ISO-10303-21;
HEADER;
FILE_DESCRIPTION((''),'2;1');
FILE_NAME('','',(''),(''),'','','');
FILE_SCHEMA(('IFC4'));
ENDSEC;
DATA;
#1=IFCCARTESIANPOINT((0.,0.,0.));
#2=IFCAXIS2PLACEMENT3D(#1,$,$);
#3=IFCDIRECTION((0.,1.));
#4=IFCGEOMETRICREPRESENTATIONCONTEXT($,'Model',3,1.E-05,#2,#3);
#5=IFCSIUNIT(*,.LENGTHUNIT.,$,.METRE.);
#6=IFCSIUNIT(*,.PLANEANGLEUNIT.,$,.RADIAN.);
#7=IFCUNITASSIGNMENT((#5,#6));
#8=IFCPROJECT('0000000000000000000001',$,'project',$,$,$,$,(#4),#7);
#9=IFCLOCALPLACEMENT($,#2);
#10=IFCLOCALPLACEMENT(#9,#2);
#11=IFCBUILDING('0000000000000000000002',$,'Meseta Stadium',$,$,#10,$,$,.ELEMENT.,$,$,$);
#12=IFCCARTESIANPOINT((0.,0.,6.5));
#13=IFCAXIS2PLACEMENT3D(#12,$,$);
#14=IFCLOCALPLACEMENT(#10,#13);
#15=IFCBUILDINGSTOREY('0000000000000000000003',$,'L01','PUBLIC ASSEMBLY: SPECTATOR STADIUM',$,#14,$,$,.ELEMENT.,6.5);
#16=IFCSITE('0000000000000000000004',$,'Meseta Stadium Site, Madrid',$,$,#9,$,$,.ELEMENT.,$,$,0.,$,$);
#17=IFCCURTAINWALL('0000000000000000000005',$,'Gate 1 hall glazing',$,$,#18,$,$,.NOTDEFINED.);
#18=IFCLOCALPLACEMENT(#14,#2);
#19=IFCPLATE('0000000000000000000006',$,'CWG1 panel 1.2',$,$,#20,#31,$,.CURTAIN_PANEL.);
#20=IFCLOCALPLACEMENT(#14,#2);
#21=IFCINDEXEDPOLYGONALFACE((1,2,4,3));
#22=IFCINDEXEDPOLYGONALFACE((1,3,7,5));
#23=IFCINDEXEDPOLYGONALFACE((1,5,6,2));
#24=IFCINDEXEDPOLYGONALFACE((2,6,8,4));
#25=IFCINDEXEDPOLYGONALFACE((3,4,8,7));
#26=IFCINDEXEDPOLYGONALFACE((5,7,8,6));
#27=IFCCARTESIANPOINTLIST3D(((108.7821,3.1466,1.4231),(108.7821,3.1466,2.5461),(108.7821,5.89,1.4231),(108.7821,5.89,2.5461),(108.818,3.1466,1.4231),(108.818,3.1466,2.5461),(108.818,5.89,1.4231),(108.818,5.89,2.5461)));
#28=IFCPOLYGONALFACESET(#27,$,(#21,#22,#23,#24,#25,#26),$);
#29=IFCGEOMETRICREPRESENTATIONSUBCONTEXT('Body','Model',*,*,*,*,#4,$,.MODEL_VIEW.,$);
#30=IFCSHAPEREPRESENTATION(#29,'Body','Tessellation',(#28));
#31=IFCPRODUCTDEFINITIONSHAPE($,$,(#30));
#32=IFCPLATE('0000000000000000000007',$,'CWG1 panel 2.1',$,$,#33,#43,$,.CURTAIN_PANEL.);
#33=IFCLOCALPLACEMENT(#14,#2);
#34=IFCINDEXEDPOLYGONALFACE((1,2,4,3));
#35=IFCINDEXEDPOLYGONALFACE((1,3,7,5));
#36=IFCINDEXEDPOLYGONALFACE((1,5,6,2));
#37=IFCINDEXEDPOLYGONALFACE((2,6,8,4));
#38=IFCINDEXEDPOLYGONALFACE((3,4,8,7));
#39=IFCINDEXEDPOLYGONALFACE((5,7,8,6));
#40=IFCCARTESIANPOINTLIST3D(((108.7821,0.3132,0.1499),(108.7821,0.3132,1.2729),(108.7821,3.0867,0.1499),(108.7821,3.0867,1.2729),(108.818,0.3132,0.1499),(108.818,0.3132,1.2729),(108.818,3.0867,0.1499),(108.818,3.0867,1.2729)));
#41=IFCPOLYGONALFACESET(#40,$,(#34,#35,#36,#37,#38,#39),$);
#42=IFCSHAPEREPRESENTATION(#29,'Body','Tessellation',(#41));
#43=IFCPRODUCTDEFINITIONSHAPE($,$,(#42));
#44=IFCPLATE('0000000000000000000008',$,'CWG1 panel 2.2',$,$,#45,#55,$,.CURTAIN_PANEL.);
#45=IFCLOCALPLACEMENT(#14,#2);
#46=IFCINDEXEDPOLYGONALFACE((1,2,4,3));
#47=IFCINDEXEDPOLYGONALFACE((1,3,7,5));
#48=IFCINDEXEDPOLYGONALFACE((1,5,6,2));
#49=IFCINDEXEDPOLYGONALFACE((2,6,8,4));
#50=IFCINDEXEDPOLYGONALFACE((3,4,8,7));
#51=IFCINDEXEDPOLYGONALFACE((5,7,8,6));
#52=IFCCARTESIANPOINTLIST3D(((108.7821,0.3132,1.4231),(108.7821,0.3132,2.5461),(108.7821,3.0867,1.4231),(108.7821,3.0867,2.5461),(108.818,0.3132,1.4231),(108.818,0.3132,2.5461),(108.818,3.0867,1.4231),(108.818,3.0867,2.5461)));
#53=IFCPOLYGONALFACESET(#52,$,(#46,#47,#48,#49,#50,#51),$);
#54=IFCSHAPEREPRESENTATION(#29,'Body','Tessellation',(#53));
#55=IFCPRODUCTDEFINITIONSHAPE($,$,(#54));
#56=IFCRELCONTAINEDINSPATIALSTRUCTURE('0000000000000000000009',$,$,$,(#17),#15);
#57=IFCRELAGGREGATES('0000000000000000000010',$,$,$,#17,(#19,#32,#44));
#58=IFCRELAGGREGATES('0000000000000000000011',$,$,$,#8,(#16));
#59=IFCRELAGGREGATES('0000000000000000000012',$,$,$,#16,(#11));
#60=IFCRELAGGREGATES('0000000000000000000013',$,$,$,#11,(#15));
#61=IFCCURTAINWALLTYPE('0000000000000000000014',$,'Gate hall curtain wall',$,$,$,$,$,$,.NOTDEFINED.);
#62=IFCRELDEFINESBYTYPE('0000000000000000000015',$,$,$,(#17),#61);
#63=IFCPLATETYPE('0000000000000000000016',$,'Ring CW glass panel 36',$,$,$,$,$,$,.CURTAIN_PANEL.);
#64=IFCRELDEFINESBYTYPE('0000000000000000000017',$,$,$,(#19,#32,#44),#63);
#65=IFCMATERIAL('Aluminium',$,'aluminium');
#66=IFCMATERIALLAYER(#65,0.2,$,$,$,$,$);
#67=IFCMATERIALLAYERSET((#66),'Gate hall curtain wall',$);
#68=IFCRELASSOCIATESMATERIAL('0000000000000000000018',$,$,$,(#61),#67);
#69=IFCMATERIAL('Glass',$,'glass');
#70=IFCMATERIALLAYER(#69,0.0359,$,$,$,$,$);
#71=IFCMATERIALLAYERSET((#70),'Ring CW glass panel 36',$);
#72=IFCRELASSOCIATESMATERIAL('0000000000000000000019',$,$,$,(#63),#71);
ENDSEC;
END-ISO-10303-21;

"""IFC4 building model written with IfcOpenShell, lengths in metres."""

from ifc_helpers import new_model, si_unit, direction, frame, origin, origin_2d, place, context, subcontext, project, spatial, rectangle, extrude, material, layer, layer_set, type_object, element, aggregate, save


model = new_model("IFC4")

# Units and contexts
model_context = context("Model", 3, precision=1e-05, world=origin(), true_north=direction((0.0, 1.0)))
body_context = subcontext(model_context, "Body", "Model", "MODEL_VIEW")
ifc_project = project(units=[si_unit("LENGTHUNIT", "METRE"), si_unit("PLANEANGLEUNIT", "RADIAN")], contexts=[model_context])

# Site, building, storey
site_placement = place(None, origin())
site = spatial("IfcSite", under=ifc_project, at=site_placement, Name="Meseta Stadium Site, Madrid", CompositionType="ELEMENT", RefElevation=0.0)
building_placement = place(site_placement, origin())
building = spatial("IfcBuilding", under=site, at=building_placement, Name="Meseta Stadium", CompositionType="ELEMENT")
storey_placement = place(building_placement, frame((0.0, 0.0, 6.5)))
storey = spatial("IfcBuildingStorey", under=building, at=storey_placement, Name="L01", Description="PUBLIC ASSEMBLY: SPECTATOR STADIUM", CompositionType="ELEMENT", Elevation=6.5)

# Curtain wall
ifc_material_1 = material(Name="Aluminium", Category="aluminium")
ifc_layer_1 = layer(ifc_material_1, 0.2)
ifc_layer_set_1 = layer_set([ifc_layer_1], Name="Gate hall curtain wall")
curtain_wall_type = type_object("IfcCurtainWallType", Name="Gate hall curtain wall", PredefinedType="NOTDEFINED", material=ifc_layer_set_1)
curtain_wall_placement = place(storey_placement, origin())
curtain_wall = element("IfcCurtainWall", 1, at=curtain_wall_placement, inside=storey, type_object=curtain_wall_type, Name="Gate 1 hall glazing", PredefinedType="NOTDEFINED")

# Plates
ifc_material_2 = material(Name="Glass", Category="glass")
ifc_layer_2 = layer(ifc_material_2, 0.0359)
ifc_layer_set_2 = layer_set([ifc_layer_2], Name="Ring CW glass panel 36")
plate_type = type_object("IfcPlateType", Name="Ring CW glass panel 36", PredefinedType="CURTAIN_PANEL", material=ifc_layer_set_2)
plate_1_placement = place(storey_placement, frame((108.8, 4.5183, 1.4231), z_axis=(0.0, 0.0, 1.0), x_axis=(0.0, -1.0, 0.0)))
plate_1 = element("IfcPlate", 2, at=plate_1_placement, type_object=plate_type, Name="CWG1 panel 1.2", PredefinedType="CURTAIN_PANEL", context=body_context, shape_type="SweptSolid", body=[
    extrude(rectangle(XDim=2.7434, YDim=0.0359, at=origin_2d()), origin(), (0.0, 0.0, 1.0), 1.123),
])
plate_2_placement = place(storey_placement, frame((108.8, 1.7, 0.1499), z_axis=(0.0, 0.0, 1.0), x_axis=(0.0, -1.0, 0.0)))
plate_2 = element("IfcPlate", 3, at=plate_2_placement, type_object=plate_type, Name="CWG1 panel 2.1", PredefinedType="CURTAIN_PANEL", context=body_context, shape_type="SweptSolid", body=[
    extrude(rectangle(XDim=2.7734, YDim=0.0359, at=origin_2d()), origin(), (0.0, 0.0, 1.0), 1.123),
])
plate_3_placement = place(storey_placement, frame((108.8, 1.7, 1.4231), z_axis=(0.0, 0.0, 1.0), x_axis=(0.0, -1.0, 0.0)))
plate_3 = element("IfcPlate", 4, at=plate_3_placement, type_object=plate_type, Name="CWG1 panel 2.2", PredefinedType="CURTAIN_PANEL", context=body_context, shape_type="SweptSolid", body=[
    extrude(rectangle(XDim=2.7734, YDim=0.0359, at=origin_2d()), origin(), (0.0, 0.0, 1.0), 1.123),
])
aggregate(curtain_wall, [plate_1, plate_2, plate_3])

save(model, "model.ifc")
